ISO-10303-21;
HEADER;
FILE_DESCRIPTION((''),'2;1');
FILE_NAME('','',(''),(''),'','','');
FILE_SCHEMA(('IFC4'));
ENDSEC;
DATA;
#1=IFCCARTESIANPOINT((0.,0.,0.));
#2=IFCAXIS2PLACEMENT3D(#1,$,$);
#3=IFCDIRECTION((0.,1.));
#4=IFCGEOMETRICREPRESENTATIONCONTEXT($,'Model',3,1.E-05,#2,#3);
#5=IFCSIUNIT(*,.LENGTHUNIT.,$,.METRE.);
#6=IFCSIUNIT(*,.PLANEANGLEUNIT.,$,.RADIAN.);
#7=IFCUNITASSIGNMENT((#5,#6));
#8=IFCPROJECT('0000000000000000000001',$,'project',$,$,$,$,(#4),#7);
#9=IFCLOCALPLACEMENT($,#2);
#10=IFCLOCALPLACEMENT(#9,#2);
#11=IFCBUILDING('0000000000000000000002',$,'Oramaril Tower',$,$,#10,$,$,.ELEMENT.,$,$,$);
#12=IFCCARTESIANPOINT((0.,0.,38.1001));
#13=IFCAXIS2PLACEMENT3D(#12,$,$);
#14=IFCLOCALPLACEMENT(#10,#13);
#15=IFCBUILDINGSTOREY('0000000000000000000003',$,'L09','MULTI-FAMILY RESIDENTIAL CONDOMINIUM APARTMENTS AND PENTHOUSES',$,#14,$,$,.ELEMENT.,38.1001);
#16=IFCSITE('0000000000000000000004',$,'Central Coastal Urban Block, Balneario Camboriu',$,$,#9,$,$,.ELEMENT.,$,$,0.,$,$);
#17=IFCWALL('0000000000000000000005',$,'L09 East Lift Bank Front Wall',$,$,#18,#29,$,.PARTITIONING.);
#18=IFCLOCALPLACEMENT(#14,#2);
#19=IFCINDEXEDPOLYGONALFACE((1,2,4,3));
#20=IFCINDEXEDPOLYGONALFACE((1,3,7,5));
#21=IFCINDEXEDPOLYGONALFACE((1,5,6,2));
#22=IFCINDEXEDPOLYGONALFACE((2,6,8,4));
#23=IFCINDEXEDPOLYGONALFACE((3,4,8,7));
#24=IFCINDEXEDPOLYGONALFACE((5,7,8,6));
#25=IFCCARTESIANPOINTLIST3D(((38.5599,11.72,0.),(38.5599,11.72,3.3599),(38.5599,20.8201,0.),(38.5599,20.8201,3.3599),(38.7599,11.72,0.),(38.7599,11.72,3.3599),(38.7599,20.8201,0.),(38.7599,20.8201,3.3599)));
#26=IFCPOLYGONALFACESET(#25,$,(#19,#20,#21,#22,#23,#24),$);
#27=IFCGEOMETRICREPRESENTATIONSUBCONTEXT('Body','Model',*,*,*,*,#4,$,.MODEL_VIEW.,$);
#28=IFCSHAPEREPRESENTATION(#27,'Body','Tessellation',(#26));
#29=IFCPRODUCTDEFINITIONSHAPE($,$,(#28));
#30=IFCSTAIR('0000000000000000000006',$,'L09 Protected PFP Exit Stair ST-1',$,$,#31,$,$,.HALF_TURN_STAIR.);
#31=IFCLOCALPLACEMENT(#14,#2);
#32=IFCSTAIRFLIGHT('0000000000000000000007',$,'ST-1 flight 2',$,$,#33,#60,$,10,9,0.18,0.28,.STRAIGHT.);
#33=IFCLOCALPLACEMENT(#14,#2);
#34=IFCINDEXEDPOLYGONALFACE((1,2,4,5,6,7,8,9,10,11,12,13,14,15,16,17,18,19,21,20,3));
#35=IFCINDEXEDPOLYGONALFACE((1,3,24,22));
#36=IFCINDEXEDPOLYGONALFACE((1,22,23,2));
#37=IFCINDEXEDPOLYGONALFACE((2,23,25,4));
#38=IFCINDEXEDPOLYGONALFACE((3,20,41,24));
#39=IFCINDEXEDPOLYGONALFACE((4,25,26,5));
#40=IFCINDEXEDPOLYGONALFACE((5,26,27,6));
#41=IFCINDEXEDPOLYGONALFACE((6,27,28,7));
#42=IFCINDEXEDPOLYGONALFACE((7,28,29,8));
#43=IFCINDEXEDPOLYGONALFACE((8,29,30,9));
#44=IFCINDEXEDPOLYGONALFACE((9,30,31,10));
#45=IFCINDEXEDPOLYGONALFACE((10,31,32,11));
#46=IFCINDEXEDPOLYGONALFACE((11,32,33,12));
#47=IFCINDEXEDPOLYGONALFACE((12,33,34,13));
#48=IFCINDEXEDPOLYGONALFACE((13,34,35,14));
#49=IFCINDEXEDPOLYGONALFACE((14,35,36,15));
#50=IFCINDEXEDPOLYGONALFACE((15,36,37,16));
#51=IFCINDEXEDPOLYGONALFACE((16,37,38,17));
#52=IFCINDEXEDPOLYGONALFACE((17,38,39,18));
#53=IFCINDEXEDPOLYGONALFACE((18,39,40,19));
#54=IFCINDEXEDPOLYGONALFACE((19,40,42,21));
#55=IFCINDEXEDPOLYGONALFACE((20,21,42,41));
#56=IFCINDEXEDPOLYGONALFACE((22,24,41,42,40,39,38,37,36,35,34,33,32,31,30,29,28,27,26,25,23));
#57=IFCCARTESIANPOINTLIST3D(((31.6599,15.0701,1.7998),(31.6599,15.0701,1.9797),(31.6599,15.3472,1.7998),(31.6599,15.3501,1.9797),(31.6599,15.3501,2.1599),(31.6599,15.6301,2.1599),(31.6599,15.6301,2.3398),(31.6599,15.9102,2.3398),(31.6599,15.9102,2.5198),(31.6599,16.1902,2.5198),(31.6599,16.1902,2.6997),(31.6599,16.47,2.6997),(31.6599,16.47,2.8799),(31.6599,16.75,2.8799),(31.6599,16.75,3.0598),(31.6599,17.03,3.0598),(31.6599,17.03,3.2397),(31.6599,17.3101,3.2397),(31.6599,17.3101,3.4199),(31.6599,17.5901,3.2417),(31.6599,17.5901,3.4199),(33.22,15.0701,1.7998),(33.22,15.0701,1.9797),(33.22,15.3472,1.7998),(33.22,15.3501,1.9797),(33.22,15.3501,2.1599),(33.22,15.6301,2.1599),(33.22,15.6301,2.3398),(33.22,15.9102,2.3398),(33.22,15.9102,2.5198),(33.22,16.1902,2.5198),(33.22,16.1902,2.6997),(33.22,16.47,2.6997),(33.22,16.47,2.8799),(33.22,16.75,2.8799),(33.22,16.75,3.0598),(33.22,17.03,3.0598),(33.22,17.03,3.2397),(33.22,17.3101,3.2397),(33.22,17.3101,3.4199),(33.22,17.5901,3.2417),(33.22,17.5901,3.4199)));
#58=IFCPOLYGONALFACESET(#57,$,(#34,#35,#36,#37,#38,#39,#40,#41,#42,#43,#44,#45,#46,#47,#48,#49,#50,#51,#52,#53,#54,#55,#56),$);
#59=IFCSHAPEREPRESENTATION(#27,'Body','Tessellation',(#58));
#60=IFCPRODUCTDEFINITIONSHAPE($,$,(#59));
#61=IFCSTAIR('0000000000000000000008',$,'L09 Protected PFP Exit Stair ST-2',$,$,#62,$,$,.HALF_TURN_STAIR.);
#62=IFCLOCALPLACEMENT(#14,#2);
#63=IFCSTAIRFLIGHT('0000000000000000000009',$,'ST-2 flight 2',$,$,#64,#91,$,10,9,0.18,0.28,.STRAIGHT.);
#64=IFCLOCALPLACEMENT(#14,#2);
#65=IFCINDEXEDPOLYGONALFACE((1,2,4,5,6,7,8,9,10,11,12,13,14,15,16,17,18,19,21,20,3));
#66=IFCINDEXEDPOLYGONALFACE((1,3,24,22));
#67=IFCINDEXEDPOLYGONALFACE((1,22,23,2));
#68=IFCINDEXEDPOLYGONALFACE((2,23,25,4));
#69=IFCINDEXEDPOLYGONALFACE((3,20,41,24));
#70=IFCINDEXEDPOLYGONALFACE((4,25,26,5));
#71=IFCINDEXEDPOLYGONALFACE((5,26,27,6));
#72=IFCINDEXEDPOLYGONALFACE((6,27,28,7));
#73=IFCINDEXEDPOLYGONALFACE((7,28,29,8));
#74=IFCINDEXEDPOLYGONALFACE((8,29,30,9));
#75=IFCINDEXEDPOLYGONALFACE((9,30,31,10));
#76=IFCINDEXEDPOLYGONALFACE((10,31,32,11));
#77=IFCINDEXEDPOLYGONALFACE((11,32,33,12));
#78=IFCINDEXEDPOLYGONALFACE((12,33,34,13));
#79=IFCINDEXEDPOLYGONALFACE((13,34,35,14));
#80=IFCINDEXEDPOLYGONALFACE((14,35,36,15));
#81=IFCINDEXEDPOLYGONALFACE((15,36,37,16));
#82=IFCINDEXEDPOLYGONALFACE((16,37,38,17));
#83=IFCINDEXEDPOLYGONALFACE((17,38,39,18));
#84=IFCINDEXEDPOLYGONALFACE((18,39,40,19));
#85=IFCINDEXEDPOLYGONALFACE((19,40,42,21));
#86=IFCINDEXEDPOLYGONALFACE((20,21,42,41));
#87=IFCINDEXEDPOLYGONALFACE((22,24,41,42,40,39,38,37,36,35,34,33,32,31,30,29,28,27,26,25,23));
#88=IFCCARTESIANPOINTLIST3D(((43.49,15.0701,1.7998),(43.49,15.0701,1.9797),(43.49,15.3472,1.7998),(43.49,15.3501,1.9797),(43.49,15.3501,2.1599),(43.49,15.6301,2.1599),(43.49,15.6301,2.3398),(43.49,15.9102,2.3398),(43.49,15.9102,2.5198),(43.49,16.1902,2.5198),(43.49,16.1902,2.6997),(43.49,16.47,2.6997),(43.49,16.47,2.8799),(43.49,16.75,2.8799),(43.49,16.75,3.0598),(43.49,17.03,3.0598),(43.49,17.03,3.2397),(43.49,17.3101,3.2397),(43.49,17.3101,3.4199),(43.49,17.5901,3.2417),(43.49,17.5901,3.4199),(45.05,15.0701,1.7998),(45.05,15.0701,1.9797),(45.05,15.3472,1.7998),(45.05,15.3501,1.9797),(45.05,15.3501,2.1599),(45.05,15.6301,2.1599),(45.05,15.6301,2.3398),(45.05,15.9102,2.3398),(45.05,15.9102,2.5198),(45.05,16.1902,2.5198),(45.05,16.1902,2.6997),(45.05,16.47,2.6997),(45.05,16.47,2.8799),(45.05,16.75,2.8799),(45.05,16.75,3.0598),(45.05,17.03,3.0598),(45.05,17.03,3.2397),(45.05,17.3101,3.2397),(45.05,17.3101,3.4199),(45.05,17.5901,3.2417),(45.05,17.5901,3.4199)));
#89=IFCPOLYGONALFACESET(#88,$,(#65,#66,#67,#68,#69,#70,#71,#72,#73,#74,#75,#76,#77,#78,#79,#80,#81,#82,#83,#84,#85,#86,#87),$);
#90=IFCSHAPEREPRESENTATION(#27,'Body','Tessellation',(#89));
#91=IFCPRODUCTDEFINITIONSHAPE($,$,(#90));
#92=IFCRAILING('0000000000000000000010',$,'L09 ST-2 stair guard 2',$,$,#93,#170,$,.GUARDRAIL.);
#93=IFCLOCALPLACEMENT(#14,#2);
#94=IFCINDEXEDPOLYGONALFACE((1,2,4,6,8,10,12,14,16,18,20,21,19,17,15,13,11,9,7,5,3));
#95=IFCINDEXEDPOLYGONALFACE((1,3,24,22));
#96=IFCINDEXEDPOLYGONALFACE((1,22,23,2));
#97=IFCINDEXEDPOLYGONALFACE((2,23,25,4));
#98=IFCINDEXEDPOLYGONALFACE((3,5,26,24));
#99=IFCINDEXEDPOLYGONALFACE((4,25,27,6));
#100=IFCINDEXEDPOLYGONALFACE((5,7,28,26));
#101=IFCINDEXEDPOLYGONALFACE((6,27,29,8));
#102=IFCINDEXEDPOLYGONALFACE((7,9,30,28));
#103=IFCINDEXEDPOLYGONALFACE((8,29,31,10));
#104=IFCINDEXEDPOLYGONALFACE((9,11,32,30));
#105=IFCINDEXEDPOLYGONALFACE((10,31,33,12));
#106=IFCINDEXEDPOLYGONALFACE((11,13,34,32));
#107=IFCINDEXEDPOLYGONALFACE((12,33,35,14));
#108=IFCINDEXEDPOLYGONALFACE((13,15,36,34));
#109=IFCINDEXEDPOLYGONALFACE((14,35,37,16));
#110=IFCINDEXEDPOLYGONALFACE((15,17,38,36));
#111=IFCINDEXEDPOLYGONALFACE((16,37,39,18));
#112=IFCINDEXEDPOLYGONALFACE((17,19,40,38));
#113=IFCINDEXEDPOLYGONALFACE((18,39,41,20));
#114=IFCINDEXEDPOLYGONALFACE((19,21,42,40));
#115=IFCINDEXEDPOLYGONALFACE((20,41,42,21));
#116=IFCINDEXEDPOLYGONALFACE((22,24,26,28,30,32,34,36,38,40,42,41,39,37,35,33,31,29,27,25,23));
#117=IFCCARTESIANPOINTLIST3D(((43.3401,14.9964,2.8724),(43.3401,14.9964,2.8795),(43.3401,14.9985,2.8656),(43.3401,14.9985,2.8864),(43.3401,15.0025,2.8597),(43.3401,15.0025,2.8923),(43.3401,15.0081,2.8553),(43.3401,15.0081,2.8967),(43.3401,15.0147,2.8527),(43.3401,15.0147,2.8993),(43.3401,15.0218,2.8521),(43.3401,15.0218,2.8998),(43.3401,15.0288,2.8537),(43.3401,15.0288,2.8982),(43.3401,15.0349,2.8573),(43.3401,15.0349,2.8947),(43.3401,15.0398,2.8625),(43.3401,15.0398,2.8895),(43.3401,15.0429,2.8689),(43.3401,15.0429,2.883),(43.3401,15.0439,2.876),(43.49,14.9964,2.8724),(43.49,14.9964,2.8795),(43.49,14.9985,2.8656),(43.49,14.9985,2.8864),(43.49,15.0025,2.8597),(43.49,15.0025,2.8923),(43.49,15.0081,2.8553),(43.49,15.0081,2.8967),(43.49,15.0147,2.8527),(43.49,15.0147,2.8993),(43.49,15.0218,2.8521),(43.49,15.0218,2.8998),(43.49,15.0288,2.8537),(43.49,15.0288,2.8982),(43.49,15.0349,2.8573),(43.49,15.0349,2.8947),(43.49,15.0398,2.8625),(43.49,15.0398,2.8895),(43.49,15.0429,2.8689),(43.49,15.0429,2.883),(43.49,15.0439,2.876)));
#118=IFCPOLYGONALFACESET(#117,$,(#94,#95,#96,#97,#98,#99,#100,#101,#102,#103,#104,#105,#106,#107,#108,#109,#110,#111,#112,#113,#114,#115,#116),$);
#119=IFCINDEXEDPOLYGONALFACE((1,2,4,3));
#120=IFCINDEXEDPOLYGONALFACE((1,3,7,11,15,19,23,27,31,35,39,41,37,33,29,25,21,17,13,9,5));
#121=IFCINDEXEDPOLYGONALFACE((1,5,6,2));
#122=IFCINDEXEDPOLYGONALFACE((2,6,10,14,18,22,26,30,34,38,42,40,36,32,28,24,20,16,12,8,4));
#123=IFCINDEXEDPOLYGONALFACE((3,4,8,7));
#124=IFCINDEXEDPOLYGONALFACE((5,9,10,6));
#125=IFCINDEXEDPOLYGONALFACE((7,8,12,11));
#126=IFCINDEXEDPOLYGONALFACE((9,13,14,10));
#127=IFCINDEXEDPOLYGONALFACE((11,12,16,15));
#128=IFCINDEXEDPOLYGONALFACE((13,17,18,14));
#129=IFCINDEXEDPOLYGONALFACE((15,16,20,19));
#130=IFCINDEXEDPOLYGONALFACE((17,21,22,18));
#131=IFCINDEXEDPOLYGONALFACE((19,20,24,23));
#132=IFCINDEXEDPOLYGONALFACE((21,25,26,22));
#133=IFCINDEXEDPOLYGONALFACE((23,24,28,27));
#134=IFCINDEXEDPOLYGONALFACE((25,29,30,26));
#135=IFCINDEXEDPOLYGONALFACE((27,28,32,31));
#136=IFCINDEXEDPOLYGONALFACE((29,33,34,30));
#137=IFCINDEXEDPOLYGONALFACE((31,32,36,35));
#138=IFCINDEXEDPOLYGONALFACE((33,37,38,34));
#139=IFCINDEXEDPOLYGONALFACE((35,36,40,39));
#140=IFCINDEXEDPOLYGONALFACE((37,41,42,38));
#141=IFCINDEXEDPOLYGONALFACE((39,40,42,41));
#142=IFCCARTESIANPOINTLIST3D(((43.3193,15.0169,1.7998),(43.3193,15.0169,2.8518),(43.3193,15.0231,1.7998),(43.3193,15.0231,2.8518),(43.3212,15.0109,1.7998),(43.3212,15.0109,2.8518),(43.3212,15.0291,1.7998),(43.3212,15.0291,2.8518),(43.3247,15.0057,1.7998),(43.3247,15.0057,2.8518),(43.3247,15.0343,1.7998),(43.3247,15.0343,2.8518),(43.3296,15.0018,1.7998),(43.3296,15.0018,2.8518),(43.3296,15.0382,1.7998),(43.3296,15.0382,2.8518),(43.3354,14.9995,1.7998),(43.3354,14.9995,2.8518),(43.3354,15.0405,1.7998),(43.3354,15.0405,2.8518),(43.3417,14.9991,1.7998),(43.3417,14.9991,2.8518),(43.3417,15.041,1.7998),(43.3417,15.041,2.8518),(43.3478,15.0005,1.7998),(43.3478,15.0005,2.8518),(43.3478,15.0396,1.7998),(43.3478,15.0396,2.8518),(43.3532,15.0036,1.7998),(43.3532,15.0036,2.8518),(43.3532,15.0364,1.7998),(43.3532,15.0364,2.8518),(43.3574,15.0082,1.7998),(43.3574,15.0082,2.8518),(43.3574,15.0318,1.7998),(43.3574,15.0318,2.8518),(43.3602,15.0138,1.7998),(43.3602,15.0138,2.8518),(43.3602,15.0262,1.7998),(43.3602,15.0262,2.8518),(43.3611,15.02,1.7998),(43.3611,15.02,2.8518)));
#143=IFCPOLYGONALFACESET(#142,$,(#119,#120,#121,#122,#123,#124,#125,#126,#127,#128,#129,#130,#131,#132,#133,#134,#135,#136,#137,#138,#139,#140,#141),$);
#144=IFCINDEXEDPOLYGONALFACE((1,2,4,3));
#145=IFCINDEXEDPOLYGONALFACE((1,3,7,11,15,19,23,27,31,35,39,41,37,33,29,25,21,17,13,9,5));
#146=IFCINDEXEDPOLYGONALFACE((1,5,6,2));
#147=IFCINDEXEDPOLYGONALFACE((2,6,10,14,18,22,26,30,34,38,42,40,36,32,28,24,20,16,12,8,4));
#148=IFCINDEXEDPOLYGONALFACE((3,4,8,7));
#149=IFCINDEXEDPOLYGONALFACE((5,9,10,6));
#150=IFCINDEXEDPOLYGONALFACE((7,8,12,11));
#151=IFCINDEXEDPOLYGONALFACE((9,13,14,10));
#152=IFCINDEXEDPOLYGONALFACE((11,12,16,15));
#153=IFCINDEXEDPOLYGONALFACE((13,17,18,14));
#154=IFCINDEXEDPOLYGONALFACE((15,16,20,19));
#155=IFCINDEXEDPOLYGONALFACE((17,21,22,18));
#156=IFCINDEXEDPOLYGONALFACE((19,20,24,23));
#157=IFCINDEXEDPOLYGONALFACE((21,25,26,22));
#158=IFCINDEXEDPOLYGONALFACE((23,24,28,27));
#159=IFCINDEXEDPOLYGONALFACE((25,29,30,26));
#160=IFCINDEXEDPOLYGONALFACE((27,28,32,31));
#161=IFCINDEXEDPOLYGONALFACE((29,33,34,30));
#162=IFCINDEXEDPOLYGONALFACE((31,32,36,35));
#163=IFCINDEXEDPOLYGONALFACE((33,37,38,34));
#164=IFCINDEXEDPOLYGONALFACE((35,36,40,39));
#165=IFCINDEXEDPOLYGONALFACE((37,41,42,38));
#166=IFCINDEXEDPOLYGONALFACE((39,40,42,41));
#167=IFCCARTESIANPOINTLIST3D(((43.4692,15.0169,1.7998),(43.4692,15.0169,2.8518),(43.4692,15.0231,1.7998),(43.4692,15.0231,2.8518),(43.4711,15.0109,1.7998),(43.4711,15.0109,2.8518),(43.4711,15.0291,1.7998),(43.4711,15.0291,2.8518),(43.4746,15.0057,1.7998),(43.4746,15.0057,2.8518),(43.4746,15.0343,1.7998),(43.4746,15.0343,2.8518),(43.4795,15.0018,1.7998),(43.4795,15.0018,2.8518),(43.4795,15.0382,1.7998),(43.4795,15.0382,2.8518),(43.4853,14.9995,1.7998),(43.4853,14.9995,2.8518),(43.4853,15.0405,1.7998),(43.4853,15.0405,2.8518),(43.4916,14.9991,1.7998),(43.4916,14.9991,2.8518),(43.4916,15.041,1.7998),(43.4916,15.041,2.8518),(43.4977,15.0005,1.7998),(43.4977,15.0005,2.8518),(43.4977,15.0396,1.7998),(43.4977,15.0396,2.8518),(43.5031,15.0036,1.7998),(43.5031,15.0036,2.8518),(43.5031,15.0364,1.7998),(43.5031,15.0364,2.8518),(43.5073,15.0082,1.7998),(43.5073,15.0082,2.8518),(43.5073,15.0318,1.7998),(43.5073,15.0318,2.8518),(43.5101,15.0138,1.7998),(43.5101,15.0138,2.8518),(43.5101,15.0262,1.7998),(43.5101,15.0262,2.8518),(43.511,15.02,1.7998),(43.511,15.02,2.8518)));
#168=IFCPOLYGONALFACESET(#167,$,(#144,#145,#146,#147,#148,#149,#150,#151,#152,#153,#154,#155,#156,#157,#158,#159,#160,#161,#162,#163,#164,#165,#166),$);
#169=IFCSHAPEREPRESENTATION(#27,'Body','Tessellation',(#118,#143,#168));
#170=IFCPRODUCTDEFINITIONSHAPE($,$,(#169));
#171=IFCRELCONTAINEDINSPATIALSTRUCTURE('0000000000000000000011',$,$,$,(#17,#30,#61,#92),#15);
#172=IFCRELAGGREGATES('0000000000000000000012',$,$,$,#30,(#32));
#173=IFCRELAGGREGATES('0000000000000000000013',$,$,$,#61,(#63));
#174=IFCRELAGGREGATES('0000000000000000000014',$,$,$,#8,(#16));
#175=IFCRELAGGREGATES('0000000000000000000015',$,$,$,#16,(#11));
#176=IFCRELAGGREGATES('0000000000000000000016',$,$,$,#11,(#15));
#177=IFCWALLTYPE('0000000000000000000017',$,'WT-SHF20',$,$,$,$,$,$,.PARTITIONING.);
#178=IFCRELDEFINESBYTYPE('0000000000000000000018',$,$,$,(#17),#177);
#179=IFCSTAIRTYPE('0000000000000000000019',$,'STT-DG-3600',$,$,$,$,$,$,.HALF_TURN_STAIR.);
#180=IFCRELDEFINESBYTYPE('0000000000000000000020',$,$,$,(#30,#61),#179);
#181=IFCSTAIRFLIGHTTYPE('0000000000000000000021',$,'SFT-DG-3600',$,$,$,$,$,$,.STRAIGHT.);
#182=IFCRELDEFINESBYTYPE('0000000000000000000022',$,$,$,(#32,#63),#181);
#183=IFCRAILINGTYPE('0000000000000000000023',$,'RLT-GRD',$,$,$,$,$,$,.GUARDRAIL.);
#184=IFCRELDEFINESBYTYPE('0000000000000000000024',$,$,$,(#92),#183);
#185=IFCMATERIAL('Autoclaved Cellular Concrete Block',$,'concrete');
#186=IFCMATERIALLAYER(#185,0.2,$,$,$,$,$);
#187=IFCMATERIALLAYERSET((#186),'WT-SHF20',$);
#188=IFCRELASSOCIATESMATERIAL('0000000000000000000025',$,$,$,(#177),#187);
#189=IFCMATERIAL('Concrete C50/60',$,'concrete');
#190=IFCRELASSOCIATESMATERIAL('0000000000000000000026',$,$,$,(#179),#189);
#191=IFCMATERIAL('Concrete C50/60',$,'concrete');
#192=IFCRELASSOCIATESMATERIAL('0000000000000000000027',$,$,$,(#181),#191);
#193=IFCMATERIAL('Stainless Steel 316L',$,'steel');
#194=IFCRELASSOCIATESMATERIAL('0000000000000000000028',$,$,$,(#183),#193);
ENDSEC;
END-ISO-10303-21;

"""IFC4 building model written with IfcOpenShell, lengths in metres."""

from ifc_helpers import new_model, si_unit, direction, frame, frame_2d, origin, origin_2d, place, context, subcontext, project, spatial, polyline, rectangle, circle, outline, extrude, material, layer, layer_set, type_object, element, aggregate, save


model = new_model("IFC4")

# Units and contexts
model_context = context("Model", 3, precision=1e-05, world=origin(), true_north=direction((0.0, 1.0)))
body_context = subcontext(model_context, "Body", "Model", "MODEL_VIEW")
ifc_project = project(units=[si_unit("LENGTHUNIT", "METRE"), si_unit("PLANEANGLEUNIT", "RADIAN")], contexts=[model_context])

# Site, building, storey
site_placement = place(None, origin())
site = spatial("IfcSite", under=ifc_project, at=site_placement, Name="Central Coastal Urban Block, Balneario Camboriu", CompositionType="ELEMENT", RefElevation=0.0)
building_placement = place(site_placement, origin())
building = spatial("IfcBuilding", under=site, at=building_placement, Name="Oramaril Tower", CompositionType="ELEMENT")
storey_placement = place(building_placement, frame((0.0, 0.0, 38.1001)))
storey = spatial("IfcBuildingStorey", under=building, at=storey_placement, Name="L09", Description="MULTI-FAMILY RESIDENTIAL CONDOMINIUM APARTMENTS AND PENTHOUSES", CompositionType="ELEMENT", Elevation=38.1001)

# Shared definitions
ifc_material_1 = material(Name="Autoclaved Cellular Concrete Block", Category="concrete")
ifc_layer_1 = layer(ifc_material_1, 0.2)
ifc_layer_set_1 = layer_set([ifc_layer_1], Name="WT-SHF20")
wall_type_1 = type_object("IfcWallType", Name="WT-SHF20", PredefinedType="PARTITIONING", material=ifc_layer_set_1)

# Wall
wall_1_placement = place(storey_placement, frame((38.6599, 11.72, 0.0), z_axis=(0.0, 0.0, 1.0), x_axis=(0.0, 1.0, 0.0)))
element("IfcWall", 1, at=wall_1_placement, inside=storey, type_object=wall_type_1, Name="L09 East Lift Bank Front Wall", PredefinedType="PARTITIONING", context=body_context, shape_type="SweptSolid", body=[
    extrude(rectangle(XDim=9.1001, YDim=0.2, at=frame_2d((4.55, 0.0))), origin(), (0.0, 0.0, 1.0), 3.3599),
])

# Stairs, stair flights
ifc_material_2 = material(Name="Concrete C50/60", Category="concrete")
stair_type = type_object("IfcStairType", Name="STT-DG-3600", PredefinedType="HALF_TURN_STAIR", material=ifc_material_2)
stair_1_placement = place(storey_placement, origin())
stair_1 = element("IfcStair", 2, at=stair_1_placement, inside=storey, type_object=stair_type, Name="L09 Protected PFP Exit Stair ST-1", PredefinedType="HALF_TURN_STAIR")
ifc_material_3 = material(Name="Concrete C50/60", Category="concrete")
stair_flight_type = type_object("IfcStairFlightType", Name="SFT-DG-3600", PredefinedType="STRAIGHT", material=ifc_material_3)
stair_flight_1_placement = place(storey_placement, frame((32.4399, 15.0701, 1.7998), z_axis=(0.0, 0.0, 1.0), x_axis=(0.0, 1.0, 0.0)))
stair_flight_1 = element("IfcStairFlight", 3, at=stair_flight_1_placement, type_object=stair_flight_type, Name="ST-1 flight 2", NumberOfRisers=10, NumberOfTreads=9, PredefinedType="STRAIGHT", RiserHeight=0.18, TreadLength=0.28, context=body_context, shape_type="SweptSolid", body=[
    extrude(outline(polyline([(0.0, 0.0), (0.0, 0.1799), (0.28, 0.1799), (0.28, 0.3601), (0.5601, 0.3601), (0.5601, 0.54), (0.8401, 0.54), (0.8401, 0.72), (1.1201, 0.72), (1.1201, 0.8999), (1.3999, 0.8999), (1.3999, 1.0801), (1.6799, 1.0801), (1.6799, 1.26), (1.96, 1.26), (1.96, 1.4399), (2.24, 1.4399), (2.24, 1.6201), (2.52, 1.6201), (2.52, 1.8), (2.52, 1.4419), (0.2771, 0.0), (0.0, 0.0)])), frame((0.0, 0.78, 0.0), z_axis=(0.0, -1.0, 0.0), x_axis=(1.0, 0.0, 0.0)), (0.0, 0.0, 1.0), 1.5601),
])
aggregate(stair_1, [stair_flight_1])
stair_2_placement = place(storey_placement, origin())
stair_2 = element("IfcStair", 4, at=stair_2_placement, inside=storey, type_object=stair_type, Name="L09 Protected PFP Exit Stair ST-2", PredefinedType="HALF_TURN_STAIR")
stair_flight_2_placement = place(storey_placement, frame((44.27, 15.0701, 1.7998), z_axis=(0.0, 0.0, 1.0), x_axis=(0.0, 1.0, 0.0)))
stair_flight_2 = element("IfcStairFlight", 5, at=stair_flight_2_placement, type_object=stair_flight_type, Name="ST-2 flight 2", NumberOfRisers=10, NumberOfTreads=9, PredefinedType="STRAIGHT", RiserHeight=0.18, TreadLength=0.28, context=body_context, shape_type="SweptSolid", body=[
    extrude(outline(polyline([(0.0, 0.0), (0.0, 0.1799), (0.28, 0.1799), (0.28, 0.3601), (0.5601, 0.3601), (0.5601, 0.54), (0.8401, 0.54), (0.8401, 0.72), (1.1201, 0.72), (1.1201, 0.8999), (1.3999, 0.8999), (1.3999, 1.0801), (1.6799, 1.0801), (1.6799, 1.26), (1.96, 1.26), (1.96, 1.4399), (2.24, 1.4399), (2.24, 1.6201), (2.52, 1.6201), (2.52, 1.8), (2.52, 1.4419), (0.2771, 0.0), (0.0, 0.0)])), frame((0.0, 0.78, 0.0), z_axis=(0.0, -1.0, 0.0), x_axis=(1.0, 0.0, 0.0)), (0.0, 0.0, 1.0), 1.5601),
])
aggregate(stair_2, [stair_flight_2])

# Railing
ifc_material_4 = material(Name="Stainless Steel 316L", Category="steel")
railing_type_1 = type_object("IfcRailingType", Name="RLT-GRD", PredefinedType="GUARDRAIL", material=ifc_material_4)
railing_1_placement = place(storey_placement, frame((43.3401, 15.02, 1.7998)))
element("IfcRailing", 6, at=railing_1_placement, inside=storey, type_object=railing_type_1, Name="L09 ST-2 stair guard 2", PredefinedType="GUARDRAIL", context=body_context, shape_type="SweptSolid", body=[
    extrude(circle(Radius=0.0239, at=origin_2d()), frame((0.0, 0.0, 1.0762), z_axis=(1.0, 0.0, 0.0), x_axis=(0.0, 1.0, 0.0)), (0.0, 0.0, 1.0), 0.1499),
    extrude(circle(Radius=0.021, at=origin_2d()), origin(), (0.0, 0.0, 1.0), 1.052),
    extrude(circle(Radius=0.021, at=origin_2d()), frame((0.1499, 0.0, 0.0)), (0.0, 0.0, 1.0), 1.052),
])

save(model, "model.ifc")
